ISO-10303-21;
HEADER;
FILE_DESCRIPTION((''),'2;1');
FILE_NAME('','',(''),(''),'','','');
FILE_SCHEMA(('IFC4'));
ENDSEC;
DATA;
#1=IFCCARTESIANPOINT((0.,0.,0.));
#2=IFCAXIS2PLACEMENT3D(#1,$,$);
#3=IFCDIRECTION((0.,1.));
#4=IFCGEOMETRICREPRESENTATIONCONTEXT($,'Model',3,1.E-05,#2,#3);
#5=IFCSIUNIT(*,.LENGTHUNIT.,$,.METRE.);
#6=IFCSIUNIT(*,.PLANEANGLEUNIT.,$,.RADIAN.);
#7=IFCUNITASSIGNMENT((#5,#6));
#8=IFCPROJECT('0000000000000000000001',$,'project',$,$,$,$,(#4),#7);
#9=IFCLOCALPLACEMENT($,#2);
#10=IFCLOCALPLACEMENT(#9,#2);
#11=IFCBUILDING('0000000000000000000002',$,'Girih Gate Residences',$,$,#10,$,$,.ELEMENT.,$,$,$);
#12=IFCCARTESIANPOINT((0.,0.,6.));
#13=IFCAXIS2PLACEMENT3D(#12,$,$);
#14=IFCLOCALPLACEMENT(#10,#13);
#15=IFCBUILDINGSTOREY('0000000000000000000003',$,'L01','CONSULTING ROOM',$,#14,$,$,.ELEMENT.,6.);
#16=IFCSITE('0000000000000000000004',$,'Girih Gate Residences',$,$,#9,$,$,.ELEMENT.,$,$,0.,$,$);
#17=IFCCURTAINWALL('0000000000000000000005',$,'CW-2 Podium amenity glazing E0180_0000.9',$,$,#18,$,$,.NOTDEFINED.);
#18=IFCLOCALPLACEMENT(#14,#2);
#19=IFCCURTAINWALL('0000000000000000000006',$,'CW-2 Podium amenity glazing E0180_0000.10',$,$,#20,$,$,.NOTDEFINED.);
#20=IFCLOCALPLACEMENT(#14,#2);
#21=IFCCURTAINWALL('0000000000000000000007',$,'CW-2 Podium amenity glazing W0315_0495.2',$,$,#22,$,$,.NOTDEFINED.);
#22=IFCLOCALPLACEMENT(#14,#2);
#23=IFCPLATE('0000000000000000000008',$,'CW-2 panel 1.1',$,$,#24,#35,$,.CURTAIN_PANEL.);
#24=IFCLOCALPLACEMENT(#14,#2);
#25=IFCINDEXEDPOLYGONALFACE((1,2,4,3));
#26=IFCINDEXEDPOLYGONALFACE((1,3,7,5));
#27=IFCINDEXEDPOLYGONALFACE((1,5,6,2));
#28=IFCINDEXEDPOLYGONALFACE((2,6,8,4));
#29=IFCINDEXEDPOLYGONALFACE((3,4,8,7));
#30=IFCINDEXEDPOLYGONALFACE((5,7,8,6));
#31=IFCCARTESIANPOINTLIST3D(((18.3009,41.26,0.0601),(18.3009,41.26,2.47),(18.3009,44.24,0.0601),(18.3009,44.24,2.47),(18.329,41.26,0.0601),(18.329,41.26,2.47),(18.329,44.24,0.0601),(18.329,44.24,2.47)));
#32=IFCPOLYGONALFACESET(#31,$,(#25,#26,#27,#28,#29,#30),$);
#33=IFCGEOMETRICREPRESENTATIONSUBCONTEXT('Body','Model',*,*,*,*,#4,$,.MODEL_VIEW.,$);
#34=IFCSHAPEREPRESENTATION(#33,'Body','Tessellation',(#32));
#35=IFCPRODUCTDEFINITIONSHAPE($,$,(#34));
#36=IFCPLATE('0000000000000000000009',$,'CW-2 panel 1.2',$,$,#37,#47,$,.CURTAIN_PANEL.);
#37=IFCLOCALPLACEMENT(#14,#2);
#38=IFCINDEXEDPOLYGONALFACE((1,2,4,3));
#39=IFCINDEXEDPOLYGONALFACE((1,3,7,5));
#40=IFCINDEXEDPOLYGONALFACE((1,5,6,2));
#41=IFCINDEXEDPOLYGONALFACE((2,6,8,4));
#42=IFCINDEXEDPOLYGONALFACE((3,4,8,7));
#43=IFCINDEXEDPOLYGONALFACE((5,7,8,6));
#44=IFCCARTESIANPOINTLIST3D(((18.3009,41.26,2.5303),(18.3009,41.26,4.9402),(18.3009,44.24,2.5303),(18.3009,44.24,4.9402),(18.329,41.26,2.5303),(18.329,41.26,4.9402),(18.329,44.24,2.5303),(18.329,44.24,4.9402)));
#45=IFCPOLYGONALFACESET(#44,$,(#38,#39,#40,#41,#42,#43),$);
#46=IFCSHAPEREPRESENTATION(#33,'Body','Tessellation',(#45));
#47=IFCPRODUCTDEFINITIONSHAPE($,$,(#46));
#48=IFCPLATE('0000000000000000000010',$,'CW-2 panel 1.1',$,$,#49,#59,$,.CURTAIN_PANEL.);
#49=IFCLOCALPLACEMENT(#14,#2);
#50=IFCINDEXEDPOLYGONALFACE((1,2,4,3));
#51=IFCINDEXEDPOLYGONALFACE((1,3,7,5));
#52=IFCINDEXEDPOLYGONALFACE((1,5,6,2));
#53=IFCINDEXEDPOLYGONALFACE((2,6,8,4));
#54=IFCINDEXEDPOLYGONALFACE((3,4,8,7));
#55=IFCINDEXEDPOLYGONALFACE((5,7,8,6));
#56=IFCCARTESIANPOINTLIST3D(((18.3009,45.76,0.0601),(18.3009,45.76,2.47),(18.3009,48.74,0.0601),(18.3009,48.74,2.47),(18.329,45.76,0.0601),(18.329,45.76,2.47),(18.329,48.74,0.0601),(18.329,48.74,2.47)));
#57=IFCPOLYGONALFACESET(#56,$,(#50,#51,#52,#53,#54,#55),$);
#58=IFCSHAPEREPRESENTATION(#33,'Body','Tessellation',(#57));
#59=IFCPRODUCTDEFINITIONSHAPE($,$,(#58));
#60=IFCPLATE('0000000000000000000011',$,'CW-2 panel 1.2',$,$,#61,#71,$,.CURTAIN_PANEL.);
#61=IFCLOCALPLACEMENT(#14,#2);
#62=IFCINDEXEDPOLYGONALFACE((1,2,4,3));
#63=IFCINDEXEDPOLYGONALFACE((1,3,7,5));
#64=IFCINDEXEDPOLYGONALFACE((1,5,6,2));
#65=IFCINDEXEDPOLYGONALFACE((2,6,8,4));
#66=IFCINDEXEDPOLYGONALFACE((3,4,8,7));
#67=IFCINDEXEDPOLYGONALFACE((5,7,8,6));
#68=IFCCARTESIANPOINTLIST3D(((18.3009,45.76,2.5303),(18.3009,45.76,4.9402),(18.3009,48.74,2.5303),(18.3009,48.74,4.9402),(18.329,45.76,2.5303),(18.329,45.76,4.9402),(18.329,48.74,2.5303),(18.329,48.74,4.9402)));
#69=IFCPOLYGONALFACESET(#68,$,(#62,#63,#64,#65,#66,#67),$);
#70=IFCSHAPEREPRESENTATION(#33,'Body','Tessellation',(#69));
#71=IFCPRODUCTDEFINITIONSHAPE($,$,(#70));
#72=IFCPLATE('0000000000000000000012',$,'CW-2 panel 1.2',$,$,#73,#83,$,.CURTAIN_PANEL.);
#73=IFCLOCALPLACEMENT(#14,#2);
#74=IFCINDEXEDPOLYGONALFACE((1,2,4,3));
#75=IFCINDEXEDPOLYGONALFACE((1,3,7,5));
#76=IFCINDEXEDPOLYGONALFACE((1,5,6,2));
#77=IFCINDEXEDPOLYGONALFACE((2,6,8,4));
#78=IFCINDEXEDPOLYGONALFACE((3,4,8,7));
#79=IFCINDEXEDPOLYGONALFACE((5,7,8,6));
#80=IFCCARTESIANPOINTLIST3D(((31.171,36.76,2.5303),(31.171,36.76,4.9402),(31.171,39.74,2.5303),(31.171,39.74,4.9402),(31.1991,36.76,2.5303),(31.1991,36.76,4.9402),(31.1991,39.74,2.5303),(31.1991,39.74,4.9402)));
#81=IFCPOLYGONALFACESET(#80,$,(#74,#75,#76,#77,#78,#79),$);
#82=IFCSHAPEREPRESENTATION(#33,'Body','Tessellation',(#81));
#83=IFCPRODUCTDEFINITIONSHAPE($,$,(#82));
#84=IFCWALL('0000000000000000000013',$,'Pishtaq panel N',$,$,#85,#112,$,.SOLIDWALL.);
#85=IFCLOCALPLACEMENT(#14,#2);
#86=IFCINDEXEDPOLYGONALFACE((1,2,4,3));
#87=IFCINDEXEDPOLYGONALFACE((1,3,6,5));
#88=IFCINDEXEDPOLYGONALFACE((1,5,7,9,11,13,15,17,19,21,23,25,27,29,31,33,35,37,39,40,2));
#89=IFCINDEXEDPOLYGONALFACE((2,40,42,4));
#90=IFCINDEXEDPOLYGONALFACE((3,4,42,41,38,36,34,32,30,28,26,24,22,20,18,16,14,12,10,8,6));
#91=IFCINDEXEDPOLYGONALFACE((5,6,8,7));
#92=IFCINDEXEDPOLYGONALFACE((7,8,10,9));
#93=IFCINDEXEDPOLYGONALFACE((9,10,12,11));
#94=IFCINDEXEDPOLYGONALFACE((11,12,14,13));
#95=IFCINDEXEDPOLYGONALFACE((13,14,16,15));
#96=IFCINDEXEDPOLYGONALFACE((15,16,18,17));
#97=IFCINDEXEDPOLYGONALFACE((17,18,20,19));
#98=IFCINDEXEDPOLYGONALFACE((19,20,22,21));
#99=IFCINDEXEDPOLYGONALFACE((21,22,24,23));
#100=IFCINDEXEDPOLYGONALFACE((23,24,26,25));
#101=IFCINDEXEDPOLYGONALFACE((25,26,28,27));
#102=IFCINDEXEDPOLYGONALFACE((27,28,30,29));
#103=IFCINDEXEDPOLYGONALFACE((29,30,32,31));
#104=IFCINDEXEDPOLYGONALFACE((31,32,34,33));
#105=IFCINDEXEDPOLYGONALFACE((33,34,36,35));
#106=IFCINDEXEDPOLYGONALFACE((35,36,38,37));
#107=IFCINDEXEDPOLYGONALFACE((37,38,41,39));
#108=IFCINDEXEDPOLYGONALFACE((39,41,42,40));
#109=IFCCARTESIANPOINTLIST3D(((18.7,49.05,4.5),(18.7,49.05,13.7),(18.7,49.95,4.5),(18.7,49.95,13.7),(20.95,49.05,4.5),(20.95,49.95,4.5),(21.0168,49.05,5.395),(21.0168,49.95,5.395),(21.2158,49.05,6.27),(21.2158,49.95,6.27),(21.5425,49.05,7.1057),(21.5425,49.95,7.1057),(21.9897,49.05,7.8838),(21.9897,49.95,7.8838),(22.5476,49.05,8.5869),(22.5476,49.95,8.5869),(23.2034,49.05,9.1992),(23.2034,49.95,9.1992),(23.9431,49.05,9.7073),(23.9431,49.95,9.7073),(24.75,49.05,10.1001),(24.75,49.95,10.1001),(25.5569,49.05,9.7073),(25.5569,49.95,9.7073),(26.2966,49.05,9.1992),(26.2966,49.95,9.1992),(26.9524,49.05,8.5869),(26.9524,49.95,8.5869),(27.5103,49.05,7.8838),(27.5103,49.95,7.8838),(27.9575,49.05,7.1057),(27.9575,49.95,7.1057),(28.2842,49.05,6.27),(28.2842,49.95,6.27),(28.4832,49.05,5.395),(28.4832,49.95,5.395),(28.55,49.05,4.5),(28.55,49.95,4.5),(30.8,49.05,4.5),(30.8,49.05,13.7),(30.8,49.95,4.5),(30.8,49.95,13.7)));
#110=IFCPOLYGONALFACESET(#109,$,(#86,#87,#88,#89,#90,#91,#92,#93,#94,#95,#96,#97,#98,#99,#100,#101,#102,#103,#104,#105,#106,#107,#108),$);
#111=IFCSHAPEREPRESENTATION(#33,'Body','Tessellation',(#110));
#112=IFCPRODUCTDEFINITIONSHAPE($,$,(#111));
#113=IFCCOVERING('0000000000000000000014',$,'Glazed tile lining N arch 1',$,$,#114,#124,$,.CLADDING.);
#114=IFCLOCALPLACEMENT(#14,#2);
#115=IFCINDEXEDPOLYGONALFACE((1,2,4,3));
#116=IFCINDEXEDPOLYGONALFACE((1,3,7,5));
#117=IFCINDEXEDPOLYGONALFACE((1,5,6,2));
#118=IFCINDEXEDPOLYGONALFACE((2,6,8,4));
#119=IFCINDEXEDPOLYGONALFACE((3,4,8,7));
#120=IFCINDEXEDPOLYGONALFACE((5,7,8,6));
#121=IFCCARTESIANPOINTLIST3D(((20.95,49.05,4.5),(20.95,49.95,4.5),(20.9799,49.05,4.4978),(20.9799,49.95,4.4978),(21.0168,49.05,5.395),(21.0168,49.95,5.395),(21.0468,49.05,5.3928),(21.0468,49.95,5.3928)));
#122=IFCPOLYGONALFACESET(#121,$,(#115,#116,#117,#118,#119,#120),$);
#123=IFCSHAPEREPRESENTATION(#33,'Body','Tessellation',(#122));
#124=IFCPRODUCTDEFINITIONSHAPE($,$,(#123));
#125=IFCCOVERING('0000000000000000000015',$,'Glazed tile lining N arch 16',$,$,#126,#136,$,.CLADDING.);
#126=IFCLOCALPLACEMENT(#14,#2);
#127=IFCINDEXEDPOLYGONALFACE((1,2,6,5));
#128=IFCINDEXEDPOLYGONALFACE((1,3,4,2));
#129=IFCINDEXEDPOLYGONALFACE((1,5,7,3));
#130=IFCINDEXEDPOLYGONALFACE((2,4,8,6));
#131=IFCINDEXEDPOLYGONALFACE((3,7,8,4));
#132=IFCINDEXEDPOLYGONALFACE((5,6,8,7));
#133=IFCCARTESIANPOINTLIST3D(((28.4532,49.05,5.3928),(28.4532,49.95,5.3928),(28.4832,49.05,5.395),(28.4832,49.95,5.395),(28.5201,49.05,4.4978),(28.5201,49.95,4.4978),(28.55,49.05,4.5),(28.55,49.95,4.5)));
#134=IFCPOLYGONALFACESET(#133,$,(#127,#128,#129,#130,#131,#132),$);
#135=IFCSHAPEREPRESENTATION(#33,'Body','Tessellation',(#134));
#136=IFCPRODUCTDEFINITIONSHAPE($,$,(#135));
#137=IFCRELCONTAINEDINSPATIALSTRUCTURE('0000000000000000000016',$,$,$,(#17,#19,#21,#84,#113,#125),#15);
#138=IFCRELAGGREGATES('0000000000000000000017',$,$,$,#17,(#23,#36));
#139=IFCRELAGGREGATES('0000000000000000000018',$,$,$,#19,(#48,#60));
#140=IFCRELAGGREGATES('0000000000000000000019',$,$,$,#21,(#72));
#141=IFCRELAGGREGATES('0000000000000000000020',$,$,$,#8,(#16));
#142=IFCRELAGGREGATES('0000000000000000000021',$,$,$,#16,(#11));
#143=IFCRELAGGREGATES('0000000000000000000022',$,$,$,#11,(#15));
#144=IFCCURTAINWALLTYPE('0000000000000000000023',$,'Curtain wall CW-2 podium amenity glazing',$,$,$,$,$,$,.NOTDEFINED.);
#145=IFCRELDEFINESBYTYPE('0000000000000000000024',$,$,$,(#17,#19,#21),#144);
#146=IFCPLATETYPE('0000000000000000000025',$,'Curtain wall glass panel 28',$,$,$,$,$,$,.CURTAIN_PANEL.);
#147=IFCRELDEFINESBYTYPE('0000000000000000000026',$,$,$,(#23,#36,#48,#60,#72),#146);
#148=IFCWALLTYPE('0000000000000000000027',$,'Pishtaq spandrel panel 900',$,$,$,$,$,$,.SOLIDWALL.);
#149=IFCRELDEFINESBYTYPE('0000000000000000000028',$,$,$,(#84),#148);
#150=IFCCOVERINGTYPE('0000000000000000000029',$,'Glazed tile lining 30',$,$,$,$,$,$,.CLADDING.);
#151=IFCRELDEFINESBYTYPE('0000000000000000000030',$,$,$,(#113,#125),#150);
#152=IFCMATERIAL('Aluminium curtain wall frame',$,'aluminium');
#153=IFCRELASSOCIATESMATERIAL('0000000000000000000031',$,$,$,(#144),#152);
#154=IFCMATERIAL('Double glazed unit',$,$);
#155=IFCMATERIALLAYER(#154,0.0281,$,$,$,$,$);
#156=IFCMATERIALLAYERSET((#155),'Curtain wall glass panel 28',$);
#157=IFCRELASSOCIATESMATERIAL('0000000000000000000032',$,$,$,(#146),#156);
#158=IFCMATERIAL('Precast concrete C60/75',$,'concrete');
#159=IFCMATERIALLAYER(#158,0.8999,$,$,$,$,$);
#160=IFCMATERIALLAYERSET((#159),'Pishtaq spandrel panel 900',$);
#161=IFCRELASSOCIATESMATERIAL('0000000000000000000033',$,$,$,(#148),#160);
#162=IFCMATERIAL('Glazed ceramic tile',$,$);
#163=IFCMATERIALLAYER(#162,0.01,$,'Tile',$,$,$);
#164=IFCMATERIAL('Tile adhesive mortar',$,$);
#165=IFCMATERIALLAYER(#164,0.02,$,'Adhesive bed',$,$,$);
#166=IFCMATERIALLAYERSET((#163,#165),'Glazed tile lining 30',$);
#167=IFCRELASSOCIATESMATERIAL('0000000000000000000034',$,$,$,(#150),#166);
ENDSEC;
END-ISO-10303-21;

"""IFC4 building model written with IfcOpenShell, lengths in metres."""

from ifc_helpers import new_model, si_unit, direction, frame, origin, origin_2d, place, context, subcontext, project, spatial, polyline, rectangle, outline, extrude, material, layer, layer_set, type_object, element, aggregate, save


model = new_model("IFC4")

# Units and contexts
model_context = context("Model", 3, precision=1e-05, world=origin(), true_north=direction((0.0, 1.0)))
body_context = subcontext(model_context, "Body", "Model", "MODEL_VIEW")
ifc_project = project(units=[si_unit("LENGTHUNIT", "METRE"), si_unit("PLANEANGLEUNIT", "RADIAN")], contexts=[model_context])

# Site, building, storey
site_placement = place(None, origin())
site = spatial("IfcSite", under=ifc_project, at=site_placement, Name="Girih Gate Residences", CompositionType="ELEMENT", RefElevation=0.0)
building_placement = place(site_placement, origin())
building = spatial("IfcBuilding", under=site, at=building_placement, Name="Girih Gate Residences", CompositionType="ELEMENT")
storey_placement = place(building_placement, frame((0.0, 0.0, 6.0)))
storey = spatial("IfcBuildingStorey", under=building, at=storey_placement, Name="L01", Description="CONSULTING ROOM", CompositionType="ELEMENT", Elevation=6.0)

# Shared definitions
ifc_material_1 = material(Name="Aluminium curtain wall frame", Category="aluminium")
curtain_wall_type = type_object("IfcCurtainWallType", Name="Curtain wall CW-2 podium amenity glazing", PredefinedType="NOTDEFINED", material=ifc_material_1)

# Curtain walls
curtain_wall_1_placement = place(storey_placement, origin())
curtain_wall_1 = element("IfcCurtainWall", 1, at=curtain_wall_1_placement, inside=storey, type_object=curtain_wall_type, Name="CW-2 Podium amenity glazing E0180_0000.9", PredefinedType="NOTDEFINED")
curtain_wall_2_placement = place(storey_placement, origin())
curtain_wall_2 = element("IfcCurtainWall", 2, at=curtain_wall_2_placement, inside=storey, type_object=curtain_wall_type, Name="CW-2 Podium amenity glazing E0180_0000.10", PredefinedType="NOTDEFINED")

# Curtain wall
curtain_wall_3_placement = place(storey_placement, origin())
curtain_wall_3 = element("IfcCurtainWall", 3, at=curtain_wall_3_placement, inside=storey, type_object=curtain_wall_type, Name="CW-2 Podium amenity glazing W0315_0495.2", PredefinedType="NOTDEFINED")

# Plates
ifc_material_2 = material(Name="Double glazed unit")
ifc_layer_1 = layer(ifc_material_2, 0.0281)
ifc_layer_set_1 = layer_set([ifc_layer_1], Name="Curtain wall glass panel 28")
plate_type = type_object("IfcPlateType", Name="Curtain wall glass panel 28", PredefinedType="CURTAIN_PANEL", material=ifc_layer_set_1)
plate_1_placement = place(storey_placement, frame((18.3149, 42.75, 0.0601), z_axis=(0.0, 0.0, 1.0), x_axis=(0.0, 1.0, 0.0)))
plate_1 = element("IfcPlate", 4, at=plate_1_placement, type_object=plate_type, Name="CW-2 panel 1.1", PredefinedType="CURTAIN_PANEL", context=body_context, shape_type="SweptSolid", body=[
    extrude(rectangle(XDim=2.98, YDim=0.0281, at=origin_2d()), origin(), (0.0, 0.0, 1.0), 2.4099),
])
plate_2_placement = place(storey_placement, frame((18.3149, 42.75, 2.5303), z_axis=(0.0, 0.0, 1.0), x_axis=(0.0, 1.0, 0.0)))
plate_2 = element("IfcPlate", 5, at=plate_2_placement, type_object=plate_type, Name="CW-2 panel 1.2", PredefinedType="CURTAIN_PANEL", context=body_context, shape_type="SweptSolid", body=[
    extrude(rectangle(XDim=2.98, YDim=0.0281, at=origin_2d()), origin(), (0.0, 0.0, 1.0), 2.4099),
])
aggregate(curtain_wall_1, [plate_1, plate_2])
plate_3_placement = place(storey_placement, frame((18.3149, 47.25, 0.0601), z_axis=(0.0, 0.0, 1.0), x_axis=(0.0, 1.0, 0.0)))
plate_3 = element("IfcPlate", 6, at=plate_3_placement, type_object=plate_type, Name="CW-2 panel 1.1", PredefinedType="CURTAIN_PANEL", context=body_context, shape_type="SweptSolid", body=[
    extrude(rectangle(XDim=2.98, YDim=0.0281, at=origin_2d()), origin(), (0.0, 0.0, 1.0), 2.4099),
])
plate_4_placement = place(storey_placement, frame((18.3149, 47.25, 2.5303), z_axis=(0.0, 0.0, 1.0), x_axis=(0.0, 1.0, 0.0)))
plate_4 = element("IfcPlate", 7, at=plate_4_placement, type_object=plate_type, Name="CW-2 panel 1.2", PredefinedType="CURTAIN_PANEL", context=body_context, shape_type="SweptSolid", body=[
    extrude(rectangle(XDim=2.98, YDim=0.0281, at=origin_2d()), origin(), (0.0, 0.0, 1.0), 2.4099),
])
aggregate(curtain_wall_2, [plate_3, plate_4])
plate_5_placement = place(storey_placement, frame((31.1851, 38.25, 2.5303), z_axis=(0.0, 0.0, 1.0), x_axis=(0.0, -1.0, 0.0)))
plate_5 = element("IfcPlate", 8, at=plate_5_placement, type_object=plate_type, Name="CW-2 panel 1.2", PredefinedType="CURTAIN_PANEL", context=body_context, shape_type="SweptSolid", body=[
    extrude(rectangle(XDim=2.98, YDim=0.0281, at=origin_2d()), origin(), (0.0, 0.0, 1.0), 2.4099),
])
aggregate(curtain_wall_3, [plate_5])

# Wall
ifc_material_3 = material(Name="Precast concrete C60/75", Category="concrete")
ifc_layer_2 = layer(ifc_material_3, 0.8999)
ifc_layer_set_2 = layer_set([ifc_layer_2], Name="Pishtaq spandrel panel 900")
wall_type = type_object("IfcWallType", Name="Pishtaq spandrel panel 900", PredefinedType="SOLIDWALL", material=ifc_layer_set_2)
wall_placement = place(storey_placement, frame((18.7, 49.95, 13.7), z_axis=(0.0, 1.0, 0.0), x_axis=(1.0, 0.0, 0.0)))
element("IfcWall", 9, at=wall_placement, inside=storey, type_object=wall_type, Name="Pishtaq panel N", PredefinedType="SOLIDWALL", context=body_context, shape_type="SweptSolid", body=[
    extrude(outline(polyline([(0.0, 0.0), (12.1001, 0.0), (12.1001, 9.2), (9.8501, 9.2), (9.8501, 9.2), (9.7832, 8.3049), (9.5842, 7.4299), (9.2576, 6.5942), (8.8103, 5.8162), (8.2524, 5.113), (7.5967, 4.5007), (6.8569, 3.9927), (6.05, 3.5999), (5.2432, 3.9927), (4.5034, 4.5007), (3.8477, 5.113), (3.2898, 5.8162), (2.8425, 6.5942), (2.5159, 7.4299), (2.3169, 8.3049), (2.25, 9.2), (2.25, 9.2), (0.0, 9.2), (0.0, 0.0)])), origin(), (0.0, 0.0, -1.0), 0.8999),
])

# Coverings
ifc_material_4 = material(Name="Glazed ceramic tile")
ifc_layer_3 = layer(ifc_material_4, 0.01, Name="Tile")
ifc_material_5 = material(Name="Tile adhesive mortar")
ifc_layer_4 = layer(ifc_material_5, 0.02, Name="Adhesive bed")
ifc_layer_set_3 = layer_set([ifc_layer_3, ifc_layer_4], Name="Glazed tile lining 30")
covering_type = type_object("IfcCoveringType", Name="Glazed tile lining 30", PredefinedType="CLADDING", material=ifc_layer_set_3)
for number, where, z_axis, x_axis, name in (
    (10, (20.95, 49.05, 4.5), (-0.997219, 0.0, 0.074533), (0.074533, 0.0, 0.997219), "Glazed tile lining N arch 1"),
    (11, (28.4832, 49.05, 5.395), (0.997219, 0.0, 0.074533), (0.074533, 0.0, -0.997219), "Glazed tile lining N arch 16"),
):
    element("IfcCovering", number, at=place(storey_placement, frame(where, z_axis=z_axis, x_axis=x_axis)), inside=storey, type_object=covering_type, Name=name, PredefinedType="CLADDING", context=body_context, shape_type="SweptSolid", body=[
        extrude(outline(polyline([(0.0, 0.0), (0.8975, 0.0), (0.8975, 0.8999), (0.0, 0.8999), (0.0, 0.0)])), origin(), (0.0, 0.0, -1.0), 0.03),
    ])

save(model, "model.ifc")
